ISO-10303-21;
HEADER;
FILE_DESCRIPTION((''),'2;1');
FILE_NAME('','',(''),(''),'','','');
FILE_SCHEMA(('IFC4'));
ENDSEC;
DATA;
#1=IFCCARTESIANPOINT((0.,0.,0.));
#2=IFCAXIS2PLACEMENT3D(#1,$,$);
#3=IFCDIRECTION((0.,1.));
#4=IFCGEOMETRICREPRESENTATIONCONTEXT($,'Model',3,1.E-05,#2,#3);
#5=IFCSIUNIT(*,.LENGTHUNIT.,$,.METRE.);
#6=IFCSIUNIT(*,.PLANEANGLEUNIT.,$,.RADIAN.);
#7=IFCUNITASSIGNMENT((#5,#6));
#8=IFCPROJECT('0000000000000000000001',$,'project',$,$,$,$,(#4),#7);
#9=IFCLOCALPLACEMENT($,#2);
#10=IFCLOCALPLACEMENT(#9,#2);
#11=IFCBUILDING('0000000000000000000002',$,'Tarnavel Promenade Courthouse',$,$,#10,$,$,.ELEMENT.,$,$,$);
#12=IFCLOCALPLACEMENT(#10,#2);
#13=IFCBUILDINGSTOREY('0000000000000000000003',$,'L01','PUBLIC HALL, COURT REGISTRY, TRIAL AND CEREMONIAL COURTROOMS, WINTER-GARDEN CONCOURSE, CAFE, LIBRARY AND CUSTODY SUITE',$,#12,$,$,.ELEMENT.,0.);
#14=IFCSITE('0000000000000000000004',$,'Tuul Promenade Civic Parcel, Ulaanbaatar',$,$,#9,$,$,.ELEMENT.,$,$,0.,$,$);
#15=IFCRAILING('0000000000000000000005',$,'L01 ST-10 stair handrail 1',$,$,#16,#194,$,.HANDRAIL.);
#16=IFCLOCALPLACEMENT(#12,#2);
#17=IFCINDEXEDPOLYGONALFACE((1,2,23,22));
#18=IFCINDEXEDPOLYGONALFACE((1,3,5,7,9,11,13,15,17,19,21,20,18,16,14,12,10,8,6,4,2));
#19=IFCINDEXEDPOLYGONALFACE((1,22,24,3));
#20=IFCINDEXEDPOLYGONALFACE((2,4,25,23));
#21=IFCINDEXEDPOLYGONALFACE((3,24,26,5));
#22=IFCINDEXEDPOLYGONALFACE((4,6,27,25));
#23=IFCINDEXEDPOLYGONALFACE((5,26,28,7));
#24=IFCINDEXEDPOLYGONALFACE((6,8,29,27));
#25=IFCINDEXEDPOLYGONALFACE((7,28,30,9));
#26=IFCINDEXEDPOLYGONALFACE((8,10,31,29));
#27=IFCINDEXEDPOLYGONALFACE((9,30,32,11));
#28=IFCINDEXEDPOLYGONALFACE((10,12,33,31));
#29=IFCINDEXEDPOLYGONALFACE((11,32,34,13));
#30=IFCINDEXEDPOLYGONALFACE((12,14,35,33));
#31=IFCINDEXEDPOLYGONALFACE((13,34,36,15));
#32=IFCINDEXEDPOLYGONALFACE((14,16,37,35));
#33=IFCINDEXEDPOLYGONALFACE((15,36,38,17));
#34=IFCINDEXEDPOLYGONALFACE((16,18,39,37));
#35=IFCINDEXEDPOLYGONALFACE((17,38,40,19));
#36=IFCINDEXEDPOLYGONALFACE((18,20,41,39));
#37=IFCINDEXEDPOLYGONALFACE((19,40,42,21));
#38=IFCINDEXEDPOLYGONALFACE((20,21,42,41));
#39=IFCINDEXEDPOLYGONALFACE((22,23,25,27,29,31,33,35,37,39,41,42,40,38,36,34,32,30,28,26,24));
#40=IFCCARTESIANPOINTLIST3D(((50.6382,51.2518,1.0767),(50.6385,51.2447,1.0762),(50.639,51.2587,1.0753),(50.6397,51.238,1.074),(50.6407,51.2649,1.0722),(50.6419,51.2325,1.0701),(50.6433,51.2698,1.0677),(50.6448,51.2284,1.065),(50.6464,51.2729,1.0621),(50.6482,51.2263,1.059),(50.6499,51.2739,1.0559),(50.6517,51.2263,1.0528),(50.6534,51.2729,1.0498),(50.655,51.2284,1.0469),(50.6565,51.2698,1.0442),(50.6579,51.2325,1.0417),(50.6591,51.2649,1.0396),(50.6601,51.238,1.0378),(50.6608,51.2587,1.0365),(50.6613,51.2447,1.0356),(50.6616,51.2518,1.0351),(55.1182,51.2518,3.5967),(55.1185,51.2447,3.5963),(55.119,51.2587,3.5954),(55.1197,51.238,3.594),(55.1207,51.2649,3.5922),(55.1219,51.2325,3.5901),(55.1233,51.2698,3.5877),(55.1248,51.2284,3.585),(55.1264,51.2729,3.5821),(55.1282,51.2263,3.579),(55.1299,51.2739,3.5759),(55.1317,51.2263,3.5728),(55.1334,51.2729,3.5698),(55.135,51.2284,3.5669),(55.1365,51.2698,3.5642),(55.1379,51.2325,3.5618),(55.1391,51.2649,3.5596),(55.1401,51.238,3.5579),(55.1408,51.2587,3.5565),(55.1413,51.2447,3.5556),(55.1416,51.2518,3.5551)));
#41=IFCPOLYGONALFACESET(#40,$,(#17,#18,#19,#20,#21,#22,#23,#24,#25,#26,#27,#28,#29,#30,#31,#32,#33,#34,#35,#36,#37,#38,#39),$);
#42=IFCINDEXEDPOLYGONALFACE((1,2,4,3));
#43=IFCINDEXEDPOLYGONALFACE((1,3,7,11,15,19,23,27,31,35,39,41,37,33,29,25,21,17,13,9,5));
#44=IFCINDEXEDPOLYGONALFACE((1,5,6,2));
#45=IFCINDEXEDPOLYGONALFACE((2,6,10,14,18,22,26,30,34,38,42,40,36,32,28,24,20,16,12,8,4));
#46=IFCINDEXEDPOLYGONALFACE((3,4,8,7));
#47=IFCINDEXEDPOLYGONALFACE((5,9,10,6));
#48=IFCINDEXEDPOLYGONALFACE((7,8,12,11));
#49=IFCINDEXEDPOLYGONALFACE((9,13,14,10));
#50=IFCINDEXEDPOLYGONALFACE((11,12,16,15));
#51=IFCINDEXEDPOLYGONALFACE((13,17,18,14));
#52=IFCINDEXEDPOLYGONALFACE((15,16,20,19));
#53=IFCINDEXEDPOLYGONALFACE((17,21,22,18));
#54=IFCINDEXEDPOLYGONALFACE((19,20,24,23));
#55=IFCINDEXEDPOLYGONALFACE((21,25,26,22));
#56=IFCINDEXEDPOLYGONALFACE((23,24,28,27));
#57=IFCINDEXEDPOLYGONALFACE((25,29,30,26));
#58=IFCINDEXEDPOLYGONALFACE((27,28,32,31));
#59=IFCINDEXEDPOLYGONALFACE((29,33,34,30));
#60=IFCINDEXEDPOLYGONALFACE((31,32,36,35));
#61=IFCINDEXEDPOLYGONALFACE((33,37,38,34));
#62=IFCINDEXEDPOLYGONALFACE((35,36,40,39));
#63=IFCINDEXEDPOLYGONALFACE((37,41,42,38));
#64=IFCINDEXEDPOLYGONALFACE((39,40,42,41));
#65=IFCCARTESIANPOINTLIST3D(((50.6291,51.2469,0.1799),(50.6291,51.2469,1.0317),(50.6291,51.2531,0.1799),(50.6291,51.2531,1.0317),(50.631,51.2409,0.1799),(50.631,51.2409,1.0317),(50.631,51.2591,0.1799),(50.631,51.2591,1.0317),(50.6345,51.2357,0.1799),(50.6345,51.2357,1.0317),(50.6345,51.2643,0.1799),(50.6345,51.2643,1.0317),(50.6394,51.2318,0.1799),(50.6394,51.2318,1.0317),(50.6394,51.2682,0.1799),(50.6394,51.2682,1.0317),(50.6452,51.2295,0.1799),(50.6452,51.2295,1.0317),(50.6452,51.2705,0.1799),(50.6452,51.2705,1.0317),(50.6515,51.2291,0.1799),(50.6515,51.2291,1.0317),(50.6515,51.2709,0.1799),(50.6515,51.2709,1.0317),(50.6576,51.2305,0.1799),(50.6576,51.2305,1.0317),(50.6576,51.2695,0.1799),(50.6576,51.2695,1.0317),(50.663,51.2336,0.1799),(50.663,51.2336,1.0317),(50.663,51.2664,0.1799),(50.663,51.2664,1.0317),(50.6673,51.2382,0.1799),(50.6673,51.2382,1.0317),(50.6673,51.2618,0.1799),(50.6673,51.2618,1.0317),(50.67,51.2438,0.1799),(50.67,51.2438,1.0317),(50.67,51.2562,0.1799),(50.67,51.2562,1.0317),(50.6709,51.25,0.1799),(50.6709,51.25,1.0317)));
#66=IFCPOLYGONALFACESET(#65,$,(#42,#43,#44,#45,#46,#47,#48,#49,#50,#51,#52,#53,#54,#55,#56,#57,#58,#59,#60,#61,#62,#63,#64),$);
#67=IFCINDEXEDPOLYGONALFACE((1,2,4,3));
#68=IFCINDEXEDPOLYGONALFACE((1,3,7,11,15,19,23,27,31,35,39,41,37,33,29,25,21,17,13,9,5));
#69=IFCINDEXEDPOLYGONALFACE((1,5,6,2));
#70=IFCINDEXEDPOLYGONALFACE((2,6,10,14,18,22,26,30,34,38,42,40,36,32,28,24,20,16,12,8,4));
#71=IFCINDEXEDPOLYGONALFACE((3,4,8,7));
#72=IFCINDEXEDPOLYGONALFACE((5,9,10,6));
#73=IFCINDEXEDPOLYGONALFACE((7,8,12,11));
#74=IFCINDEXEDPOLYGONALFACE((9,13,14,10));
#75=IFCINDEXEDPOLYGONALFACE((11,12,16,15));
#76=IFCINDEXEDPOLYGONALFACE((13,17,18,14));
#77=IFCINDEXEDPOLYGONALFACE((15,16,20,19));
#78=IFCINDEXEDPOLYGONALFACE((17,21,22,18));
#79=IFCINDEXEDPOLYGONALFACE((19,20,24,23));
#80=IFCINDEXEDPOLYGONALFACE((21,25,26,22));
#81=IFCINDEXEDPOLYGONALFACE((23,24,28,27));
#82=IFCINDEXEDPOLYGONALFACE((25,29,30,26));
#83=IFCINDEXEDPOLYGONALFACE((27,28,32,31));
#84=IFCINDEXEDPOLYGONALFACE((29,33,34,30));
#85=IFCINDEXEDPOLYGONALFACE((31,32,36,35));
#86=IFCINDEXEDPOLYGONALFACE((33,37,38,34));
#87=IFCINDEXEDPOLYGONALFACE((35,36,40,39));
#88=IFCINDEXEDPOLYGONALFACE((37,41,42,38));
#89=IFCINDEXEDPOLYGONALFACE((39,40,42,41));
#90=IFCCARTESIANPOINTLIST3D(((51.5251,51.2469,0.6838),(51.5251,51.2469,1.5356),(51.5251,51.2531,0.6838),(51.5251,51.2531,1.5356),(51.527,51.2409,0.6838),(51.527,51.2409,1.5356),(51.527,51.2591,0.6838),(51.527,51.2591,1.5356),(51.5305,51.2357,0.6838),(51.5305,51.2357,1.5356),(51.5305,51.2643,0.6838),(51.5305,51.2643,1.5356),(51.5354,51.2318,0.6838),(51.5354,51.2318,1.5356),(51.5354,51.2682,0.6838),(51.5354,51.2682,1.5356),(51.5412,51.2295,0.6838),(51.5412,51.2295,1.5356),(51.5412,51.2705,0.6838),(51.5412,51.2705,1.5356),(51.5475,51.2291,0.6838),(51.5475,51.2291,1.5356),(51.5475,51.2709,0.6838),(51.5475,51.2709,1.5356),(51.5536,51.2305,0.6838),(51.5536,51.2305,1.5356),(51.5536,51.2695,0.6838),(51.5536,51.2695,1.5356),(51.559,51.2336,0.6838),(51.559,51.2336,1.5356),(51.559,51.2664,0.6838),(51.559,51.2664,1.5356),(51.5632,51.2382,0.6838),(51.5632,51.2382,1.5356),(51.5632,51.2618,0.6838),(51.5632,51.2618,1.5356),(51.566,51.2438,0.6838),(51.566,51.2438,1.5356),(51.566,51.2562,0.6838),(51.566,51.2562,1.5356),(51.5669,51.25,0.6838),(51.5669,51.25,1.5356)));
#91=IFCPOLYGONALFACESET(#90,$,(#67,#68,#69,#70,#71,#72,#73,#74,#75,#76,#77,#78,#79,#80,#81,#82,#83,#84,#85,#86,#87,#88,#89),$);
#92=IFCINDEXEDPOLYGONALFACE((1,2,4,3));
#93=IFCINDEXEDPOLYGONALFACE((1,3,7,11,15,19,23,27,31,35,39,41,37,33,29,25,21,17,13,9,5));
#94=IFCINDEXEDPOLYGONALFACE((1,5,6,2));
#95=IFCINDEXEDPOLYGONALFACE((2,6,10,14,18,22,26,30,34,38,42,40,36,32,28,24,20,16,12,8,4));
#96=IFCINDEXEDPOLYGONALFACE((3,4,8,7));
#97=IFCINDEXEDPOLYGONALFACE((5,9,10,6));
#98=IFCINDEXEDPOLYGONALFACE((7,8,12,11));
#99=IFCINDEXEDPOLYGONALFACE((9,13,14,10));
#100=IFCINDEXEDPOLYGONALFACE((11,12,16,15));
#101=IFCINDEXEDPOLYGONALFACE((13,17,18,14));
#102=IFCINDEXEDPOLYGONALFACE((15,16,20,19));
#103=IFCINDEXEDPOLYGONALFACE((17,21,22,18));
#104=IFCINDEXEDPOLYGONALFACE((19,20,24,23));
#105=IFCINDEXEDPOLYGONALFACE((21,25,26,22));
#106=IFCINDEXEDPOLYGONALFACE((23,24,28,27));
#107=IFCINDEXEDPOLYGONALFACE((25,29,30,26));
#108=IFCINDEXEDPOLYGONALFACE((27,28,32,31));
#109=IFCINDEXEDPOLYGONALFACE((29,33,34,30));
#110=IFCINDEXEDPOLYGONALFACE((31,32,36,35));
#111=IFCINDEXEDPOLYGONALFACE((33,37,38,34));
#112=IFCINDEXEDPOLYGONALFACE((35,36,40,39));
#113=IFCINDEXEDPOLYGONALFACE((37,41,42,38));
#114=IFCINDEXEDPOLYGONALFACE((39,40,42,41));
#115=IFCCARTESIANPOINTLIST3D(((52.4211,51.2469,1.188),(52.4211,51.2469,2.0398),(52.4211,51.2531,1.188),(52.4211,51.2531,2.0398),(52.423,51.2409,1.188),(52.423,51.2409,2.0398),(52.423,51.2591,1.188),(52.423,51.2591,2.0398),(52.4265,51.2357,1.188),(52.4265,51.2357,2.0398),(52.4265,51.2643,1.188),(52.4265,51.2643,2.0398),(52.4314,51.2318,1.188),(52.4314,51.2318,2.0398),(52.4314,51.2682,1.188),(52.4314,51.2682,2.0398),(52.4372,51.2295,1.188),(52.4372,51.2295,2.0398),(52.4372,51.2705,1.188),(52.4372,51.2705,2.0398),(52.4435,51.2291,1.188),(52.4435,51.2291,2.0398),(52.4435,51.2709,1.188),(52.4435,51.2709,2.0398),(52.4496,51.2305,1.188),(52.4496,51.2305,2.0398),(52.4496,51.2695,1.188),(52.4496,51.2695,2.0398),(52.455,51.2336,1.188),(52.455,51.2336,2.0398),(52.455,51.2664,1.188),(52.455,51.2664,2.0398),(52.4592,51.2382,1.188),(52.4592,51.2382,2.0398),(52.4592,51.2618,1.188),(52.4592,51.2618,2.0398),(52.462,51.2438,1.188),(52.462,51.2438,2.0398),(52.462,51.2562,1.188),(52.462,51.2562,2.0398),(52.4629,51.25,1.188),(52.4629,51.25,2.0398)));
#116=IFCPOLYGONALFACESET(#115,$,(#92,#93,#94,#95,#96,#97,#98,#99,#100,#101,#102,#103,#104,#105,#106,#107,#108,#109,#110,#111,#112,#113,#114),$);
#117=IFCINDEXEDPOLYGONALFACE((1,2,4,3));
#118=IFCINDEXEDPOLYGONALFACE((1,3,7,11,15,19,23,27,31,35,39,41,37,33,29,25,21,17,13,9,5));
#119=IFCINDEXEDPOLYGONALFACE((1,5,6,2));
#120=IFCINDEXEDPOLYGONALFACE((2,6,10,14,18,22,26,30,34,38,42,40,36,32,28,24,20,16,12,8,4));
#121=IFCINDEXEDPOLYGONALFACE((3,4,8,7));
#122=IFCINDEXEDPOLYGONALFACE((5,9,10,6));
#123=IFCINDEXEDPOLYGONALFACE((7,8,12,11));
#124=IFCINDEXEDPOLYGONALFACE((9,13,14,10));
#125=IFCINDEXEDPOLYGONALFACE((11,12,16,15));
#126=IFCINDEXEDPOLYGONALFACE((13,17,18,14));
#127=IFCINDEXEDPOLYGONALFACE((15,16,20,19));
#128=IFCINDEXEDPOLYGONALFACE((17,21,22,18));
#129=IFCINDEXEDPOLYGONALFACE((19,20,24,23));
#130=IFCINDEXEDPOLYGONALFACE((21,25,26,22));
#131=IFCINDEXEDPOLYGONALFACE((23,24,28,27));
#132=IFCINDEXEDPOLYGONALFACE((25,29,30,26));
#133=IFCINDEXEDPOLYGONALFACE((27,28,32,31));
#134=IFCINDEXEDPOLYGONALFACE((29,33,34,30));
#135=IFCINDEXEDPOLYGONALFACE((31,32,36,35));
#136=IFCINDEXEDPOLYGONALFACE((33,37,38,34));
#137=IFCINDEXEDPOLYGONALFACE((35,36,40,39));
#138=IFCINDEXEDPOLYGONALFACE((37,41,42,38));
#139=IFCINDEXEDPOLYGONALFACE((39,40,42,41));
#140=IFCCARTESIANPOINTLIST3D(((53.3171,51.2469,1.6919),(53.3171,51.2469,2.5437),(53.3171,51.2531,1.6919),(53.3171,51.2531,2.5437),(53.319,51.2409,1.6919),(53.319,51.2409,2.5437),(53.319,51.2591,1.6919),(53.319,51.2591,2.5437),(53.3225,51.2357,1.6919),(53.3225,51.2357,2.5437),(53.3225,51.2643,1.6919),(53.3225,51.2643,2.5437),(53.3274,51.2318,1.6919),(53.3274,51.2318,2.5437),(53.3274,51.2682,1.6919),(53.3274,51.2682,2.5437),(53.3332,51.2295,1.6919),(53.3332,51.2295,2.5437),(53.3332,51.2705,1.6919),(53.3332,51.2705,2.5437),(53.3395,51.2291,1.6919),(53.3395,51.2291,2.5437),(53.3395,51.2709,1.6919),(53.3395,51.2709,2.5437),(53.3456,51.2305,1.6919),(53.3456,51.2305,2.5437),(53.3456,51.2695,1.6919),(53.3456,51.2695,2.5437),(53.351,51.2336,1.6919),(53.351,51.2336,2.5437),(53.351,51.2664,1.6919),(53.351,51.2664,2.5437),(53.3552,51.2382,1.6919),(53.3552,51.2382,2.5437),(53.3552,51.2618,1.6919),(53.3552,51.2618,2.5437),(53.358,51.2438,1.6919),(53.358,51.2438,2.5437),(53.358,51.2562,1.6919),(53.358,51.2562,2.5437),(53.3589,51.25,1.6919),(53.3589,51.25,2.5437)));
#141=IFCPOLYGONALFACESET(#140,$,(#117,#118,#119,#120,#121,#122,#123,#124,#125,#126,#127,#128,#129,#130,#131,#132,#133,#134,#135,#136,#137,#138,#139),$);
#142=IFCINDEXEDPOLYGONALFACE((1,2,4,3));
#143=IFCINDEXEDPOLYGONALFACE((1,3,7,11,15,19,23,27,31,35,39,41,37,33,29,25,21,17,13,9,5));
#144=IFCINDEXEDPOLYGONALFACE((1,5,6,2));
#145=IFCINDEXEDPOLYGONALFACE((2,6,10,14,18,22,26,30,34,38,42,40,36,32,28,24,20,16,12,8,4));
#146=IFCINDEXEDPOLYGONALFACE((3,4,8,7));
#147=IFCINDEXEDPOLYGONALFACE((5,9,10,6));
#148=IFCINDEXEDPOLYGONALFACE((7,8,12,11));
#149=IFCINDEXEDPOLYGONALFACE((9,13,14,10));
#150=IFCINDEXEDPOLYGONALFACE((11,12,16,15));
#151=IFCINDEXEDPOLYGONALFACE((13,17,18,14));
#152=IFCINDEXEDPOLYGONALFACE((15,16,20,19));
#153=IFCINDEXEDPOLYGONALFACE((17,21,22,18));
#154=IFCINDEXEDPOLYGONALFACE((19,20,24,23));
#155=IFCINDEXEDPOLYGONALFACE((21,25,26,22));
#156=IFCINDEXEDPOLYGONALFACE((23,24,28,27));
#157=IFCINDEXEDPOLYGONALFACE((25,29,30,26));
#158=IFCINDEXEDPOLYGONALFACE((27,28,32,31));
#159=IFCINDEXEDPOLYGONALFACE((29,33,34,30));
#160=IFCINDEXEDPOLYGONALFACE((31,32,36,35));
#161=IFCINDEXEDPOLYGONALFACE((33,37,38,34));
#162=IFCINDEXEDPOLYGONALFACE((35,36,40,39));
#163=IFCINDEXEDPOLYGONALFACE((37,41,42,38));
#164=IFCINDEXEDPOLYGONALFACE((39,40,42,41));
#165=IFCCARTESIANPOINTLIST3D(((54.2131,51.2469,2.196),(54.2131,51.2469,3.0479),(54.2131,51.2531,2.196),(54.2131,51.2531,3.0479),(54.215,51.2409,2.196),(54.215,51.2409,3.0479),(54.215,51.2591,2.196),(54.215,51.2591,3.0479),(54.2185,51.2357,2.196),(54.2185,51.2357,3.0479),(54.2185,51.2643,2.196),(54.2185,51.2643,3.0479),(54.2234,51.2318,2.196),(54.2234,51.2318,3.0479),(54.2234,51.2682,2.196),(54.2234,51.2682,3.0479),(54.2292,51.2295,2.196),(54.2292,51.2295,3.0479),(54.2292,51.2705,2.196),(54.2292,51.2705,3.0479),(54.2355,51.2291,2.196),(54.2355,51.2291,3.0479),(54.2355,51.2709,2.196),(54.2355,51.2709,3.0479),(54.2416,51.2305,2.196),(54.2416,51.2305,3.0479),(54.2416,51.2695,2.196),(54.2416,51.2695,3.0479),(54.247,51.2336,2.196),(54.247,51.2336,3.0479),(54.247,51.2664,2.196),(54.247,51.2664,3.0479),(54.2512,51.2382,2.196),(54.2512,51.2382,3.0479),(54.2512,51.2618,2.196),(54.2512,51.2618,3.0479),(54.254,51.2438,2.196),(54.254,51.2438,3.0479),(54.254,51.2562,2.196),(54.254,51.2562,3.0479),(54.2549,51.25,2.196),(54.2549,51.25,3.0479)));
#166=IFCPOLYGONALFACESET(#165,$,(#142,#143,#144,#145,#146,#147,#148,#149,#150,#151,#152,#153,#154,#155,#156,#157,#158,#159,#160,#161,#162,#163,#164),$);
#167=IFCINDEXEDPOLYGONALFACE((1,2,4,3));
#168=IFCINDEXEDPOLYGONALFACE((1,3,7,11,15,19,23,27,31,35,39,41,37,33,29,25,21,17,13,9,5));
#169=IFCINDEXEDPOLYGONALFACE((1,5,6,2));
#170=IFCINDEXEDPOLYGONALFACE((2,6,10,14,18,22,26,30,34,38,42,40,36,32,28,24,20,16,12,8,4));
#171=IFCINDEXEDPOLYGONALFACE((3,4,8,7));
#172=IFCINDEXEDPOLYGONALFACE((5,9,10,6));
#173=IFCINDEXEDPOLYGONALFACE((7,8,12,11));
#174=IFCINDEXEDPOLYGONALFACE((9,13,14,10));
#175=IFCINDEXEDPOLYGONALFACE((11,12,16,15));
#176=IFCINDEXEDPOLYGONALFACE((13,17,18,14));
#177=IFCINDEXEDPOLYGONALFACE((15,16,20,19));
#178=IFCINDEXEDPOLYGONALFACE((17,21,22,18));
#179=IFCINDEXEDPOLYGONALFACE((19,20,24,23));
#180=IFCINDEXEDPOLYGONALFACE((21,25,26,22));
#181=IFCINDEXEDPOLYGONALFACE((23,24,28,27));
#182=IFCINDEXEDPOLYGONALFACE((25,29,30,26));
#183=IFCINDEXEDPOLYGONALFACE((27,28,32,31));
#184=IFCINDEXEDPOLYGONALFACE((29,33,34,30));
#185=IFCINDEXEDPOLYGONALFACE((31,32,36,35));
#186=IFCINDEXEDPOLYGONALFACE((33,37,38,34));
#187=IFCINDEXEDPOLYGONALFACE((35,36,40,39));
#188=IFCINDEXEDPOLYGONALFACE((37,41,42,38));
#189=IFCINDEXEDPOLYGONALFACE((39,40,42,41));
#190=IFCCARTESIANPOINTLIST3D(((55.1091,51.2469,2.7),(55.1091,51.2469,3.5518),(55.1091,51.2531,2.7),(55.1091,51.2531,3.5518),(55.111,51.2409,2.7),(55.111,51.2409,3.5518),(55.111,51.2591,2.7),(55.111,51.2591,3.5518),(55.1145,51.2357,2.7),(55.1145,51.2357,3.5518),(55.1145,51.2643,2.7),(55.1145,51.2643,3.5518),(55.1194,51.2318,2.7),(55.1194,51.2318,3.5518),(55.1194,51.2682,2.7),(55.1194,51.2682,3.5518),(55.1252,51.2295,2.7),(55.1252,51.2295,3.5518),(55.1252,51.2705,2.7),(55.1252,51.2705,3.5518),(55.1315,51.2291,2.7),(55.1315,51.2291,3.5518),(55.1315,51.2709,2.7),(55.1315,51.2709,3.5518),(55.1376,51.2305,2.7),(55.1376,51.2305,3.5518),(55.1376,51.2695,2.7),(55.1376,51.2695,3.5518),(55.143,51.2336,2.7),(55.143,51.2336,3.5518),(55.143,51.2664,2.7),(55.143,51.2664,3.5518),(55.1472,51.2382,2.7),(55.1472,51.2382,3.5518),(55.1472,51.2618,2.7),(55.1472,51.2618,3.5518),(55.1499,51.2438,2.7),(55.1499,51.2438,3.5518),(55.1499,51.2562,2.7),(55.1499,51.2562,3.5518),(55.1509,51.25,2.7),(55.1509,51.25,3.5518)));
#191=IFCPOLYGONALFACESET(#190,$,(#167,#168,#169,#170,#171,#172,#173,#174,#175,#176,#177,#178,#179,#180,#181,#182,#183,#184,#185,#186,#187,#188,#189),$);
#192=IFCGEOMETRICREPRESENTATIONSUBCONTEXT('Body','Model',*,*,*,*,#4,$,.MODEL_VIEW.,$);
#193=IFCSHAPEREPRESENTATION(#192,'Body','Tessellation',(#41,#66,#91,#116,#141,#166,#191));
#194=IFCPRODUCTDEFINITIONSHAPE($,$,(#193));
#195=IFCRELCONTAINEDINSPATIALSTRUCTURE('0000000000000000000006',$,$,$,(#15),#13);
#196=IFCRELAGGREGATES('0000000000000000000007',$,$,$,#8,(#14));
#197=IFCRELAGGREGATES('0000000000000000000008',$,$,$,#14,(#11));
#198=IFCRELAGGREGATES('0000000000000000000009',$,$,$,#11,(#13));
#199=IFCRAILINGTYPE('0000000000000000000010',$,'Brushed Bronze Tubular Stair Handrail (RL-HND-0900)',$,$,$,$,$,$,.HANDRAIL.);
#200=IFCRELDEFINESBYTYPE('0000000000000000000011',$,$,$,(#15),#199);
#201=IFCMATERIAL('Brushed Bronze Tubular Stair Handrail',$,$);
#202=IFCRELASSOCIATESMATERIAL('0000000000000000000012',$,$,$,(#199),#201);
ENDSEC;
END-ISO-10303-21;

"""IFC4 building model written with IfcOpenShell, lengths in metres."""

from ifc_helpers import new_model, si_unit, direction, frame, origin, origin_2d, place, context, subcontext, project, spatial, circle, extrude, material, type_object, element, save


model = new_model("IFC4")

# Units and contexts
model_context = context("Model", 3, precision=1e-05, world=origin(), true_north=direction((0.0, 1.0)))
body_context = subcontext(model_context, "Body", "Model", "MODEL_VIEW")
ifc_project = project(units=[si_unit("LENGTHUNIT", "METRE"), si_unit("PLANEANGLEUNIT", "RADIAN")], contexts=[model_context])

# Site, building, storey
site_placement = place(None, origin())
site = spatial("IfcSite", under=ifc_project, at=site_placement, Name="Tuul Promenade Civic Parcel, Ulaanbaatar", CompositionType="ELEMENT", RefElevation=0.0)
building_placement = place(site_placement, origin())
building = spatial("IfcBuilding", under=site, at=building_placement, Name="Tarnavel Promenade Courthouse", CompositionType="ELEMENT")
storey_placement = place(building_placement, origin())
storey = spatial("IfcBuildingStorey", under=building, at=storey_placement, Name="L01", Description="PUBLIC HALL, COURT REGISTRY, TRIAL AND CEREMONIAL COURTROOMS, WINTER-GARDEN CONCOURSE, CAFE, LIBRARY AND CUSTODY SUITE", CompositionType="ELEMENT", Elevation=0.0)

# Railing
ifc_material_1 = material(Name="Brushed Bronze Tubular Stair Handrail")
railing_type_1 = type_object("IfcRailingType", Name="Brushed Bronze Tubular Stair Handrail (RL-HND-0900)", PredefinedType="HANDRAIL", material=ifc_material_1)
railing_1_placement = place(storey_placement, frame((50.6499, 51.25, 0.1799)))
element("IfcRailing", 1, at=railing_1_placement, inside=storey, type_object=railing_type_1, Name="L01 ST-10 stair handrail 1", PredefinedType="HANDRAIL", context=body_context, shape_type="SweptSolid", body=[
    extrude(circle(Radius=0.0239, at=origin_2d()), frame((0.0, 0.0, 0.876), z_axis=(0.871573, 0.0, 0.490266), x_axis=(0.0, 1.0, 0.0)), (0.0, 0.0, 1.0), 5.1401),
    extrude(circle(Radius=0.021, at=origin_2d()), origin(), (0.0, 0.0, 1.0), 0.8518),
    extrude(circle(Radius=0.021, at=origin_2d()), frame((0.896, 0.0, 0.5039)), (0.0, 0.0, 1.0), 0.8518),
    extrude(circle(Radius=0.021, at=origin_2d()), frame((1.792, 0.0, 1.0081)), (0.0, 0.0, 1.0), 0.8518),
    extrude(circle(Radius=0.021, at=origin_2d()), frame((2.688, 0.0, 1.512)), (0.0, 0.0, 1.0), 0.8518),
    extrude(circle(Radius=0.021, at=origin_2d()), frame((3.584, 0.0, 2.0161)), (0.0, 0.0, 1.0), 0.8518),
    extrude(circle(Radius=0.021, at=origin_2d()), frame((4.48, 0.0, 2.52)), (0.0, 0.0, 1.0), 0.8518),
])

save(model, "model.ifc")
